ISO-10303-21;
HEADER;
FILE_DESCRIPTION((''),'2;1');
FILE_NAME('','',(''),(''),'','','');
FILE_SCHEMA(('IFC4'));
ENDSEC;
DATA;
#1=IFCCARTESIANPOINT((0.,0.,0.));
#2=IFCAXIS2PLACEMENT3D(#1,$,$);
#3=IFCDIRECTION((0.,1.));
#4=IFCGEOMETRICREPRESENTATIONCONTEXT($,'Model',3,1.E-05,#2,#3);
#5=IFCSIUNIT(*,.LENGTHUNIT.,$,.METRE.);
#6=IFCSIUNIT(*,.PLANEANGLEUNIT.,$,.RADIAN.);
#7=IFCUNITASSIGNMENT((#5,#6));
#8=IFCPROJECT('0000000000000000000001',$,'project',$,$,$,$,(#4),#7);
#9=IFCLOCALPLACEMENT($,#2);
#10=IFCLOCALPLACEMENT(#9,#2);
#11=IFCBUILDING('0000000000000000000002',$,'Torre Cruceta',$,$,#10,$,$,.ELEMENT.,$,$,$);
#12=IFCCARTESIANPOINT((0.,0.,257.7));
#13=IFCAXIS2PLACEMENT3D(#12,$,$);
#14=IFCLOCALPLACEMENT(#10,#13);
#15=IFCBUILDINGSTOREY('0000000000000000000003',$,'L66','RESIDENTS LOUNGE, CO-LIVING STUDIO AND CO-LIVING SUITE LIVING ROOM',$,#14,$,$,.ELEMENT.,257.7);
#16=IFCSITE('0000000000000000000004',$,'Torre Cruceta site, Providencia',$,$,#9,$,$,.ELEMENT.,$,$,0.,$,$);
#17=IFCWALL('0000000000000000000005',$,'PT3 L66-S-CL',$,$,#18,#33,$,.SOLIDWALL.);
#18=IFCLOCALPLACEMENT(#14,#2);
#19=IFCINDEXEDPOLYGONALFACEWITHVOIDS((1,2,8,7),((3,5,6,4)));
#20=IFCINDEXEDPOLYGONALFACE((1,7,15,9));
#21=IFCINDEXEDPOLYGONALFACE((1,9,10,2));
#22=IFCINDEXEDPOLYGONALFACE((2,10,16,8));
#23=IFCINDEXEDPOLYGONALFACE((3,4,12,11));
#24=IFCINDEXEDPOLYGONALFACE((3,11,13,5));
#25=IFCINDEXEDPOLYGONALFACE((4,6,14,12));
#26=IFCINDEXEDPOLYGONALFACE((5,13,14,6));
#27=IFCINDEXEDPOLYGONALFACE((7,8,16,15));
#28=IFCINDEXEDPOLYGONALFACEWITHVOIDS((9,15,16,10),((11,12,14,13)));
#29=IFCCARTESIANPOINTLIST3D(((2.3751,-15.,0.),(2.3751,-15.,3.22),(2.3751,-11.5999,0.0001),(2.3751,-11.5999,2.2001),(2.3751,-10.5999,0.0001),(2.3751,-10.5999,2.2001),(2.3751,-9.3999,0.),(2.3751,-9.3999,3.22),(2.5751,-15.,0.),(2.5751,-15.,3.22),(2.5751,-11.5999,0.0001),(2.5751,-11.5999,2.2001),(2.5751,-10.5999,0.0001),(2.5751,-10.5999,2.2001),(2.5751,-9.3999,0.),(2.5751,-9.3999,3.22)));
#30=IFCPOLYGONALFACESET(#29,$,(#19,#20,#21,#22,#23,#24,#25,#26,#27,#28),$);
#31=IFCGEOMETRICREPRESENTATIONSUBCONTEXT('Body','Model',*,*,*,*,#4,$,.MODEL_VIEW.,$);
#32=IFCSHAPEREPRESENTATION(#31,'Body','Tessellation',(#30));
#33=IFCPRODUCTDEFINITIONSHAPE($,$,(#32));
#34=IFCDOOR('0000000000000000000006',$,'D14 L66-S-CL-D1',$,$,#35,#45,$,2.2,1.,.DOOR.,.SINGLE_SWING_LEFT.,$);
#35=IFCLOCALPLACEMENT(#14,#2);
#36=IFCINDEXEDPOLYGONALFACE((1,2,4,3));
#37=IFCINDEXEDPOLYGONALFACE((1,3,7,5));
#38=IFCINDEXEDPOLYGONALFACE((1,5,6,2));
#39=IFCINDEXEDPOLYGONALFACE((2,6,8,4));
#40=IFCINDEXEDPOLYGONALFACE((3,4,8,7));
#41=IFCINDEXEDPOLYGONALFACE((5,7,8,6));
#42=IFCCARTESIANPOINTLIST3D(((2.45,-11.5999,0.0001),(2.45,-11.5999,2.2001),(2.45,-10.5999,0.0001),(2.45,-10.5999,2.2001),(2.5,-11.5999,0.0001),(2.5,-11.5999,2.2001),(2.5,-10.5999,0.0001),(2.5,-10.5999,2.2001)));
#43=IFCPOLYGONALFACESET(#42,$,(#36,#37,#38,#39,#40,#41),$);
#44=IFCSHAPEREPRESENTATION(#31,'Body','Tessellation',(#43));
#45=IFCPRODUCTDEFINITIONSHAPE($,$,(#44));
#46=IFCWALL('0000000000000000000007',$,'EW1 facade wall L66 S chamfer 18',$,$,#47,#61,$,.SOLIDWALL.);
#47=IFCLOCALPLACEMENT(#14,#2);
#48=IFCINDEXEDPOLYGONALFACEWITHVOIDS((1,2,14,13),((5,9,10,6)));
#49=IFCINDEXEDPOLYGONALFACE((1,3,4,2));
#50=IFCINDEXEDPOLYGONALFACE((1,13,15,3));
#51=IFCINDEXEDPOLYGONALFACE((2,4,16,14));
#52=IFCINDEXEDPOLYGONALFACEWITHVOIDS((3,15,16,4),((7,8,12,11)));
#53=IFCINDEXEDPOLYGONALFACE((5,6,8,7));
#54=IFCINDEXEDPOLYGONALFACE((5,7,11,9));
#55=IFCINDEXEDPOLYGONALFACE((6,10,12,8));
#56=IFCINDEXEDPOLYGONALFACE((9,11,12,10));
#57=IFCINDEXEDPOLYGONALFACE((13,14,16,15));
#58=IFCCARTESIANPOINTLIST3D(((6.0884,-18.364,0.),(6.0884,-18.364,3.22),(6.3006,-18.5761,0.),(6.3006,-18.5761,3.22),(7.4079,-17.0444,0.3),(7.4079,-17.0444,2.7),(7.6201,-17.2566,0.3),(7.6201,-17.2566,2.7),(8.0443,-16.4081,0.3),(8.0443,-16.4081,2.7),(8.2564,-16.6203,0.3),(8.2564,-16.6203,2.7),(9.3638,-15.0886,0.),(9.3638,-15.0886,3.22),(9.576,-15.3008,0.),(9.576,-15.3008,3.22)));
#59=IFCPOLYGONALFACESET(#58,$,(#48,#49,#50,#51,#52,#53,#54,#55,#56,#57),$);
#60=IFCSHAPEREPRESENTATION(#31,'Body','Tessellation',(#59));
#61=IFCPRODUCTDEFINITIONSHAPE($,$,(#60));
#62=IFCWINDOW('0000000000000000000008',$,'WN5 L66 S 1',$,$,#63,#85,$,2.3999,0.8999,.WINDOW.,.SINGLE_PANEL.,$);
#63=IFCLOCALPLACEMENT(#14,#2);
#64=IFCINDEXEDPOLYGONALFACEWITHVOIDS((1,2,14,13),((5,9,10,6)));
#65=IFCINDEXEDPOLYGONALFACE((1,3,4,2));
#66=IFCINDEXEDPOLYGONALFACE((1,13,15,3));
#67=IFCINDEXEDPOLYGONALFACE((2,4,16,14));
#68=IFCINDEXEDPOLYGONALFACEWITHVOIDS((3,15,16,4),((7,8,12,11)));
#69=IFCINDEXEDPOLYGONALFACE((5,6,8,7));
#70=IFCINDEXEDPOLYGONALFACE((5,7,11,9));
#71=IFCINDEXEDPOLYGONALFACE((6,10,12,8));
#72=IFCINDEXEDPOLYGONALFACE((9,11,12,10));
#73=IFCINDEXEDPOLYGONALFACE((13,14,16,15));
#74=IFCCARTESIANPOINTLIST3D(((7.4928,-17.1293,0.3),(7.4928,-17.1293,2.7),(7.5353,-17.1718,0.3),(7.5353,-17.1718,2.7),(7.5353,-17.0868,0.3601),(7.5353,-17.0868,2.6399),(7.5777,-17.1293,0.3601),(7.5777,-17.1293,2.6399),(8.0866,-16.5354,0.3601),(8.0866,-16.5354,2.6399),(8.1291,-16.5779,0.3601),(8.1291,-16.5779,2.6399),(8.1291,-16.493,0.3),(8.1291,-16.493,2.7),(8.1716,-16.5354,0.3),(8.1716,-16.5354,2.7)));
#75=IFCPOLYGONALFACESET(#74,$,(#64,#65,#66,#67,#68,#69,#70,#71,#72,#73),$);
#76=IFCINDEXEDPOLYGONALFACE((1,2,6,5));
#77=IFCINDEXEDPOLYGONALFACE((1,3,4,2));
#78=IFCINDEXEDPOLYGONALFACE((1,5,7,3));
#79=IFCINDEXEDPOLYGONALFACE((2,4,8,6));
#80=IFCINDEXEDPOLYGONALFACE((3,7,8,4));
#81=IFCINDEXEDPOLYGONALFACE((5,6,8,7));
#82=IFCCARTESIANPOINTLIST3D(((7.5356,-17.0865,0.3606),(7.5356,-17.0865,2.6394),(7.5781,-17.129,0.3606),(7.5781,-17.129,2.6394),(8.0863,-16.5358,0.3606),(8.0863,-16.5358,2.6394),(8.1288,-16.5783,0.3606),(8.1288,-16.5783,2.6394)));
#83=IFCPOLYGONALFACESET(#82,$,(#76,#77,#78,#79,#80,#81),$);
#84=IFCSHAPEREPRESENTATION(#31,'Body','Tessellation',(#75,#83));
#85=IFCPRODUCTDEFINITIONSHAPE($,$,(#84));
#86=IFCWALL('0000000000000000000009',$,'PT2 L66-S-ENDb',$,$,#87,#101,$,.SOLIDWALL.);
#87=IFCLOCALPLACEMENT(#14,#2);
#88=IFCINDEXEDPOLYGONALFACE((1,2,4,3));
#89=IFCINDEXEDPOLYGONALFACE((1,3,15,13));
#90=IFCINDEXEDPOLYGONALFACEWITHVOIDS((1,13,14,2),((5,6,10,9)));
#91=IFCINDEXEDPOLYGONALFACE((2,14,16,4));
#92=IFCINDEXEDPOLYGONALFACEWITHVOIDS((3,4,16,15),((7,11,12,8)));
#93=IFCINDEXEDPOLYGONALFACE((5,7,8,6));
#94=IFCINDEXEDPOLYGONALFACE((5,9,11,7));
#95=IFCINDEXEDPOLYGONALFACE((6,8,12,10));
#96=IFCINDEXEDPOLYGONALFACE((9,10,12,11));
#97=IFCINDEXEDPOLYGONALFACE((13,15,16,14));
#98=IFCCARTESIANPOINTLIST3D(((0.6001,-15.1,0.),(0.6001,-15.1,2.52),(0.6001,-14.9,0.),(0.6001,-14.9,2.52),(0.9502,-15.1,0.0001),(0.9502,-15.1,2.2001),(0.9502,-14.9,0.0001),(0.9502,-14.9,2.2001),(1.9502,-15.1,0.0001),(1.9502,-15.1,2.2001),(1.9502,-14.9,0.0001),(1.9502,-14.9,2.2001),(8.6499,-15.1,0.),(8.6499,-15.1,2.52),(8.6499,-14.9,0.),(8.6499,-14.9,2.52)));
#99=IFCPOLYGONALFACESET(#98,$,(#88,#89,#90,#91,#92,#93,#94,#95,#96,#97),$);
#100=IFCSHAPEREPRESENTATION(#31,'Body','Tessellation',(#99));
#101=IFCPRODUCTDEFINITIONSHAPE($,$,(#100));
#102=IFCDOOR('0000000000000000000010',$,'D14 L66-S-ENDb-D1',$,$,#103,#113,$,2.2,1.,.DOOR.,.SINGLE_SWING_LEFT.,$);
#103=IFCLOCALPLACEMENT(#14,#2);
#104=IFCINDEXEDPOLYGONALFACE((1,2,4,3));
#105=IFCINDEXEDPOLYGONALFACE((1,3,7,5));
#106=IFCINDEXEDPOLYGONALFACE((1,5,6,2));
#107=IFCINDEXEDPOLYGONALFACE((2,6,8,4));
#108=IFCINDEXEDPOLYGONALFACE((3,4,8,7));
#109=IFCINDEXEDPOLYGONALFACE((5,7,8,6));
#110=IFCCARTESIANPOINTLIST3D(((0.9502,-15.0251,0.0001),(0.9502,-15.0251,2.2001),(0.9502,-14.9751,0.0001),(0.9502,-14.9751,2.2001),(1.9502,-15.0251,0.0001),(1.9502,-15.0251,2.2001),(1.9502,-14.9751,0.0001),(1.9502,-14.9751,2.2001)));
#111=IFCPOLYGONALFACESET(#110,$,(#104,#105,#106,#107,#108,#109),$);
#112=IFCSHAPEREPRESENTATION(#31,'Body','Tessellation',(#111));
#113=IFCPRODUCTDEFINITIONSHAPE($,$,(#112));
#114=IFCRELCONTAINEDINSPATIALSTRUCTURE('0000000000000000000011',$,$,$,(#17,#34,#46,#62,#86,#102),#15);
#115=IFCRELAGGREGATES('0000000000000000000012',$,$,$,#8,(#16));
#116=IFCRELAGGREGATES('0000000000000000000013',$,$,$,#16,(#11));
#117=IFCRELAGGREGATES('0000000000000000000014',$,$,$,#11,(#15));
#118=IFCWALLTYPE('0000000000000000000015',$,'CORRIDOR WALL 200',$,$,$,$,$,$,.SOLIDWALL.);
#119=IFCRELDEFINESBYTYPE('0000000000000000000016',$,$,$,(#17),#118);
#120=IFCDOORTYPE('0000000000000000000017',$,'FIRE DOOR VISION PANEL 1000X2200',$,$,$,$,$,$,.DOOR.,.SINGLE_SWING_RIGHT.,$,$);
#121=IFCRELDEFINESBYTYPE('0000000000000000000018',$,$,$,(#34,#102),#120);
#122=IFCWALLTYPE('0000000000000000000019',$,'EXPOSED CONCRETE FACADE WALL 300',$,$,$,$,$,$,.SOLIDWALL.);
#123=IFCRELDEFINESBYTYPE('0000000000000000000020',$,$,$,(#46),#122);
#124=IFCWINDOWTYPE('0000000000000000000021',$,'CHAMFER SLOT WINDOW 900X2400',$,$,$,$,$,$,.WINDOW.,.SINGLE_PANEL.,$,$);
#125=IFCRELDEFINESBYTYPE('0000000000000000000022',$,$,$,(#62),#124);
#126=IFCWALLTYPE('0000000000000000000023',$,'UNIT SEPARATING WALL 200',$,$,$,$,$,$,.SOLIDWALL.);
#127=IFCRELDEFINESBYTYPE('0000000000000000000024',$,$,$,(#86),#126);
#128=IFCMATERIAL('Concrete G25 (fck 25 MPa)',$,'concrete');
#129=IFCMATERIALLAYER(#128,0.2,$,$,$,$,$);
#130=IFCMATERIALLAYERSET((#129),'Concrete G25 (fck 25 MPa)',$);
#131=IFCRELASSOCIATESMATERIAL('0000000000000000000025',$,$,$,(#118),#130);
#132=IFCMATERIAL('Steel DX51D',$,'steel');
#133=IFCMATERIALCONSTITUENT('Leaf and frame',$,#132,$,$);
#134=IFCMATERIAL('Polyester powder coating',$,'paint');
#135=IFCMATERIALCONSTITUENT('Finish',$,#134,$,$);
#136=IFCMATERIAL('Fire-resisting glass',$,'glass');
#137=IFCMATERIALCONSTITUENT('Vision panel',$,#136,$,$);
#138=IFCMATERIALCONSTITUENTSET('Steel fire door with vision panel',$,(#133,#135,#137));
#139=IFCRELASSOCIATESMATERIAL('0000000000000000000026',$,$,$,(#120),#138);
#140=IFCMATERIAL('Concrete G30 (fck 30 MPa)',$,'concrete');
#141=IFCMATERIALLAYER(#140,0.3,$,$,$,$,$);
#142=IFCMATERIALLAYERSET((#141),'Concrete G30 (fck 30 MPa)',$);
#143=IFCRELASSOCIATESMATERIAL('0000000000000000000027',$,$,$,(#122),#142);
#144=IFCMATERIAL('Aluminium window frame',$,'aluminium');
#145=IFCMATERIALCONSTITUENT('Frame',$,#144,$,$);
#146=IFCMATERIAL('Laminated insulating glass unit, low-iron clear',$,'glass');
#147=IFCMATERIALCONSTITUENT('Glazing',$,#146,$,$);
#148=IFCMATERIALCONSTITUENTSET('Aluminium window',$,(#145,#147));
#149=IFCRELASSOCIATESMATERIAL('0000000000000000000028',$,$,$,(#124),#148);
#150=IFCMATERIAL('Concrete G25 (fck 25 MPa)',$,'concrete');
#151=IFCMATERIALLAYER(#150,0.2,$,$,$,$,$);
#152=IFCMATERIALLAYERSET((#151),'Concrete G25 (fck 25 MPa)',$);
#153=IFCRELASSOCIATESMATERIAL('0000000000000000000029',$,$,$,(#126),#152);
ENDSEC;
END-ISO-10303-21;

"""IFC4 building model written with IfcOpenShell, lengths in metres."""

from ifc_helpers import new_model, si_unit, direction, frame, frame_2d, origin, place, context, subcontext, project, spatial, rectangle, hollow_rectangle, extrude, material, layer, layer_set, constituent, constituent_set, type_object, element, fill, save


model = new_model("IFC4")

# Units and contexts
model_context = context("Model", 3, precision=1e-05, world=origin(), true_north=direction((0.0, 1.0)))
body_context = subcontext(model_context, "Body", "Model", "MODEL_VIEW")
ifc_project = project(units=[si_unit("LENGTHUNIT", "METRE"), si_unit("PLANEANGLEUNIT", "RADIAN")], contexts=[model_context])

# Site, building, storey
site_placement = place(None, origin())
site = spatial("IfcSite", under=ifc_project, at=site_placement, Name="Torre Cruceta site, Providencia", CompositionType="ELEMENT", RefElevation=0.0)
building_placement = place(site_placement, origin())
building = spatial("IfcBuilding", under=site, at=building_placement, Name="Torre Cruceta", CompositionType="ELEMENT")
storey_placement = place(building_placement, frame((0.0, 0.0, 257.7)))
storey = spatial("IfcBuildingStorey", under=building, at=storey_placement, Name="L66", Description="RESIDENTS LOUNGE, CO-LIVING STUDIO AND CO-LIVING SUITE LIVING ROOM", CompositionType="ELEMENT", Elevation=257.7)

# Wall, opening, door
ifc_material_1 = material(Name="Concrete G25 (fck 25 MPa)", Category="concrete")
ifc_layer_1 = layer(ifc_material_1, 0.2)
ifc_layer_set_1 = layer_set([ifc_layer_1], Name="Concrete G25 (fck 25 MPa)")
wall_type_1 = type_object("IfcWallType", Name="CORRIDOR WALL 200", PredefinedType="SOLIDWALL", material=ifc_layer_set_1)
wall_1_placement = place(storey_placement, frame((2.4751, -9.3999, 0.0), z_axis=(0.0, 0.0, 1.0), x_axis=(0.0, -1.0, 0.0)))
wall_1 = element("IfcWall", 1, at=wall_1_placement, inside=storey, type_object=wall_type_1, Name="PT3 L66-S-CL", PredefinedType="SOLIDWALL", context=body_context, shape_type="SweptSolid", body=[
    extrude(rectangle(XDim=5.6001, YDim=0.2, at=frame_2d((2.8, 0.0))), origin(), (0.0, 0.0, 1.0), 3.22),
])
opening_1_placement = place(wall_1_placement, frame((1.2, 0.0, 0.0)))
opening_1 = element("IfcOpeningElement", 2, at=opening_1_placement, cuts=wall_1, PredefinedType="OPENING", context=body_context, shape_type="SweptSolid", body=[
    extrude(rectangle(XDim=1.0, YDim=2.2, at=frame_2d((0.5, 1.1001))), frame((0.0, 0.1099, 0.0), z_axis=(0.0, -1.0, 0.0), x_axis=(1.0, 0.0, 0.0)), (0.0, 0.0, 1.0), 0.22),
])
ifc_material_2 = material(Name="Steel DX51D", Category="steel")
ifc_constituent_1 = constituent(ifc_material_2, Name="Leaf and frame")
ifc_material_3 = material(Name="Polyester powder coating", Category="paint")
ifc_constituent_2 = constituent(ifc_material_3, Name="Finish")
ifc_material_4 = material(Name="Fire-resisting glass", Category="glass")
ifc_constituent_3 = constituent(ifc_material_4, Name="Vision panel")
ifc_constituent_set_1 = constituent_set(constituents=[ifc_constituent_1, ifc_constituent_2, ifc_constituent_3], Name="Steel fire door with vision panel")
door_type = type_object("IfcDoorType", Name="FIRE DOOR VISION PANEL 1000X2200", OperationType="SINGLE_SWING_RIGHT", PredefinedType="DOOR", material=ifc_constituent_set_1)
door_1_placement = place(opening_1_placement, origin())
door_1 = element("IfcDoor", 3, at=door_1_placement, inside=storey, type_object=door_type, Name="D14 L66-S-CL-D1", OperationType="SINGLE_SWING_LEFT", OverallHeight=2.2, OverallWidth=1.0, PredefinedType="DOOR", context=body_context, shape_type="SweptSolid", body=[
    extrude(rectangle(XDim=1.0, YDim=2.2, at=frame_2d((0.5, 1.1001))), frame((0.0, 0.0249, 0.0), z_axis=(0.0, -1.0, 0.0), x_axis=(1.0, 0.0, 0.0)), (0.0, 0.0, 1.0), 0.05),
])
fill(opening_1, door_1)

# Wall, opening, window
ifc_material_5 = material(Name="Concrete G30 (fck 30 MPa)", Category="concrete")
ifc_layer_2 = layer(ifc_material_5, 0.3)
ifc_layer_set_2 = layer_set([ifc_layer_2], Name="Concrete G30 (fck 30 MPa)")
wall_type_2 = type_object("IfcWallType", Name="EXPOSED CONCRETE FACADE WALL 300", PredefinedType="SOLIDWALL", material=ifc_layer_set_2)
wall_2_placement = place(storey_placement, frame((6.1946, -18.47, 0.0), z_axis=(0.0, 0.0, 1.0), x_axis=(0.707107, 0.707107, 0.0)))
wall_2 = element("IfcWall", 4, at=wall_2_placement, inside=storey, type_object=wall_type_2, Name="EW1 facade wall L66 S chamfer 18", PredefinedType="SOLIDWALL", context=body_context, shape_type="SweptSolid", body=[
    extrude(rectangle(XDim=4.6321, YDim=0.3, at=frame_2d((2.3159, 0.0))), origin(), (0.0, 0.0, 1.0), 3.22),
])
opening_2_placement = place(wall_2_placement, frame((1.866, 0.0, 0.3)))
opening_2 = element("IfcOpeningElement", 5, at=opening_2_placement, cuts=wall_2, PredefinedType="OPENING", context=body_context, shape_type="SweptSolid", body=[
    extrude(rectangle(XDim=0.8999, YDim=2.3999, at=frame_2d((0.45, 1.2))), frame((0.0, 0.1599, 0.0), z_axis=(0.0, -1.0, 0.0), x_axis=(1.0, 0.0, 0.0)), (0.0, 0.0, 1.0), 0.3201),
])
ifc_material_6 = material(Name="Aluminium window frame", Category="aluminium")
ifc_constituent_4 = constituent(ifc_material_6, Name="Frame")
ifc_material_7 = material(Name="Laminated insulating glass unit, low-iron clear", Category="glass")
ifc_constituent_5 = constituent(ifc_material_7, Name="Glazing")
ifc_constituent_set_2 = constituent_set(constituents=[ifc_constituent_4, ifc_constituent_5], Name="Aluminium window")
window_type = type_object("IfcWindowType", Name="CHAMFER SLOT WINDOW 900X2400", PartitioningType="SINGLE_PANEL", PredefinedType="WINDOW", material=ifc_constituent_set_2)
window_placement = place(opening_2_placement, origin())
window = element("IfcWindow", 6, at=window_placement, inside=storey, type_object=window_type, Name="WN5 L66 S 1", OverallHeight=2.3999, OverallWidth=0.8999, PartitioningType="SINGLE_PANEL", PredefinedType="WINDOW", context=body_context, shape_type="SweptSolid", body=[
    extrude(hollow_rectangle(XDim=0.8999, YDim=2.3999, WallThickness=0.0601, at=frame_2d((0.45, 1.2))), frame((0.0, 0.03, 0.0), z_axis=(0.0, -1.0, 0.0), x_axis=(1.0, 0.0, 0.0)), (0.0, 0.0, 1.0), 0.0601),
    extrude(rectangle(XDim=0.7788, YDim=2.2788, at=frame_2d((0.45, 1.2))), frame((0.0, 0.03, 0.0), z_axis=(0.0, -1.0, 0.0), x_axis=(1.0, 0.0, 0.0)), (0.0, 0.0, 1.0), 0.0601),
])
fill(opening_2, window)

# Wall, opening, door
ifc_material_8 = material(Name="Concrete G25 (fck 25 MPa)", Category="concrete")
ifc_layer_3 = layer(ifc_material_8, 0.2)
ifc_layer_set_3 = layer_set([ifc_layer_3], Name="Concrete G25 (fck 25 MPa)")
wall_type_3 = type_object("IfcWallType", Name="UNIT SEPARATING WALL 200", PredefinedType="SOLIDWALL", material=ifc_layer_set_3)
wall_3_placement = place(storey_placement, frame((0.6001, -15.0, 0.0), z_axis=(0.0, 0.0, 1.0), x_axis=(1.0, 0.0, 0.0)))
wall_3 = element("IfcWall", 7, at=wall_3_placement, inside=storey, type_object=wall_type_3, Name="PT2 L66-S-ENDb", PredefinedType="SOLIDWALL", context=body_context, shape_type="SweptSolid", body=[
    extrude(rectangle(XDim=8.0498, YDim=0.2, at=frame_2d((4.0249, 0.0))), origin(), (0.0, 0.0, 1.0), 2.52),
])
opening_3_placement = place(wall_3_placement, frame((0.3501, 0.0, 0.0)))
opening_3 = element("IfcOpeningElement", 8, at=opening_3_placement, cuts=wall_3, PredefinedType="OPENING", context=body_context, shape_type="SweptSolid", body=[
    extrude(rectangle(XDim=1.0, YDim=2.2, at=frame_2d((0.5, 1.1001))), frame((0.0, 0.1099, 0.0), z_axis=(0.0, -1.0, 0.0), x_axis=(1.0, 0.0, 0.0)), (0.0, 0.0, 1.0), 0.22),
])
door_2_placement = place(opening_3_placement, frame((1.0, 0.0, 0.0), z_axis=(0.0, 0.0, 1.0), x_axis=(-1.0, 0.0, 0.0)))
door_2 = element("IfcDoor", 9, at=door_2_placement, inside=storey, type_object=door_type, Name="D14 L66-S-ENDb-D1", OperationType="SINGLE_SWING_LEFT", OverallHeight=2.2, OverallWidth=1.0, PredefinedType="DOOR", context=body_context, shape_type="SweptSolid", body=[
    extrude(rectangle(XDim=1.0, YDim=2.2, at=frame_2d((0.5, 1.1001))), frame((0.0, 0.0251, 0.0), z_axis=(0.0, -1.0, 0.0), x_axis=(1.0, 0.0, 0.0)), (0.0, 0.0, 1.0), 0.05),
])
fill(opening_3, door_2)

save(model, "model.ifc")
